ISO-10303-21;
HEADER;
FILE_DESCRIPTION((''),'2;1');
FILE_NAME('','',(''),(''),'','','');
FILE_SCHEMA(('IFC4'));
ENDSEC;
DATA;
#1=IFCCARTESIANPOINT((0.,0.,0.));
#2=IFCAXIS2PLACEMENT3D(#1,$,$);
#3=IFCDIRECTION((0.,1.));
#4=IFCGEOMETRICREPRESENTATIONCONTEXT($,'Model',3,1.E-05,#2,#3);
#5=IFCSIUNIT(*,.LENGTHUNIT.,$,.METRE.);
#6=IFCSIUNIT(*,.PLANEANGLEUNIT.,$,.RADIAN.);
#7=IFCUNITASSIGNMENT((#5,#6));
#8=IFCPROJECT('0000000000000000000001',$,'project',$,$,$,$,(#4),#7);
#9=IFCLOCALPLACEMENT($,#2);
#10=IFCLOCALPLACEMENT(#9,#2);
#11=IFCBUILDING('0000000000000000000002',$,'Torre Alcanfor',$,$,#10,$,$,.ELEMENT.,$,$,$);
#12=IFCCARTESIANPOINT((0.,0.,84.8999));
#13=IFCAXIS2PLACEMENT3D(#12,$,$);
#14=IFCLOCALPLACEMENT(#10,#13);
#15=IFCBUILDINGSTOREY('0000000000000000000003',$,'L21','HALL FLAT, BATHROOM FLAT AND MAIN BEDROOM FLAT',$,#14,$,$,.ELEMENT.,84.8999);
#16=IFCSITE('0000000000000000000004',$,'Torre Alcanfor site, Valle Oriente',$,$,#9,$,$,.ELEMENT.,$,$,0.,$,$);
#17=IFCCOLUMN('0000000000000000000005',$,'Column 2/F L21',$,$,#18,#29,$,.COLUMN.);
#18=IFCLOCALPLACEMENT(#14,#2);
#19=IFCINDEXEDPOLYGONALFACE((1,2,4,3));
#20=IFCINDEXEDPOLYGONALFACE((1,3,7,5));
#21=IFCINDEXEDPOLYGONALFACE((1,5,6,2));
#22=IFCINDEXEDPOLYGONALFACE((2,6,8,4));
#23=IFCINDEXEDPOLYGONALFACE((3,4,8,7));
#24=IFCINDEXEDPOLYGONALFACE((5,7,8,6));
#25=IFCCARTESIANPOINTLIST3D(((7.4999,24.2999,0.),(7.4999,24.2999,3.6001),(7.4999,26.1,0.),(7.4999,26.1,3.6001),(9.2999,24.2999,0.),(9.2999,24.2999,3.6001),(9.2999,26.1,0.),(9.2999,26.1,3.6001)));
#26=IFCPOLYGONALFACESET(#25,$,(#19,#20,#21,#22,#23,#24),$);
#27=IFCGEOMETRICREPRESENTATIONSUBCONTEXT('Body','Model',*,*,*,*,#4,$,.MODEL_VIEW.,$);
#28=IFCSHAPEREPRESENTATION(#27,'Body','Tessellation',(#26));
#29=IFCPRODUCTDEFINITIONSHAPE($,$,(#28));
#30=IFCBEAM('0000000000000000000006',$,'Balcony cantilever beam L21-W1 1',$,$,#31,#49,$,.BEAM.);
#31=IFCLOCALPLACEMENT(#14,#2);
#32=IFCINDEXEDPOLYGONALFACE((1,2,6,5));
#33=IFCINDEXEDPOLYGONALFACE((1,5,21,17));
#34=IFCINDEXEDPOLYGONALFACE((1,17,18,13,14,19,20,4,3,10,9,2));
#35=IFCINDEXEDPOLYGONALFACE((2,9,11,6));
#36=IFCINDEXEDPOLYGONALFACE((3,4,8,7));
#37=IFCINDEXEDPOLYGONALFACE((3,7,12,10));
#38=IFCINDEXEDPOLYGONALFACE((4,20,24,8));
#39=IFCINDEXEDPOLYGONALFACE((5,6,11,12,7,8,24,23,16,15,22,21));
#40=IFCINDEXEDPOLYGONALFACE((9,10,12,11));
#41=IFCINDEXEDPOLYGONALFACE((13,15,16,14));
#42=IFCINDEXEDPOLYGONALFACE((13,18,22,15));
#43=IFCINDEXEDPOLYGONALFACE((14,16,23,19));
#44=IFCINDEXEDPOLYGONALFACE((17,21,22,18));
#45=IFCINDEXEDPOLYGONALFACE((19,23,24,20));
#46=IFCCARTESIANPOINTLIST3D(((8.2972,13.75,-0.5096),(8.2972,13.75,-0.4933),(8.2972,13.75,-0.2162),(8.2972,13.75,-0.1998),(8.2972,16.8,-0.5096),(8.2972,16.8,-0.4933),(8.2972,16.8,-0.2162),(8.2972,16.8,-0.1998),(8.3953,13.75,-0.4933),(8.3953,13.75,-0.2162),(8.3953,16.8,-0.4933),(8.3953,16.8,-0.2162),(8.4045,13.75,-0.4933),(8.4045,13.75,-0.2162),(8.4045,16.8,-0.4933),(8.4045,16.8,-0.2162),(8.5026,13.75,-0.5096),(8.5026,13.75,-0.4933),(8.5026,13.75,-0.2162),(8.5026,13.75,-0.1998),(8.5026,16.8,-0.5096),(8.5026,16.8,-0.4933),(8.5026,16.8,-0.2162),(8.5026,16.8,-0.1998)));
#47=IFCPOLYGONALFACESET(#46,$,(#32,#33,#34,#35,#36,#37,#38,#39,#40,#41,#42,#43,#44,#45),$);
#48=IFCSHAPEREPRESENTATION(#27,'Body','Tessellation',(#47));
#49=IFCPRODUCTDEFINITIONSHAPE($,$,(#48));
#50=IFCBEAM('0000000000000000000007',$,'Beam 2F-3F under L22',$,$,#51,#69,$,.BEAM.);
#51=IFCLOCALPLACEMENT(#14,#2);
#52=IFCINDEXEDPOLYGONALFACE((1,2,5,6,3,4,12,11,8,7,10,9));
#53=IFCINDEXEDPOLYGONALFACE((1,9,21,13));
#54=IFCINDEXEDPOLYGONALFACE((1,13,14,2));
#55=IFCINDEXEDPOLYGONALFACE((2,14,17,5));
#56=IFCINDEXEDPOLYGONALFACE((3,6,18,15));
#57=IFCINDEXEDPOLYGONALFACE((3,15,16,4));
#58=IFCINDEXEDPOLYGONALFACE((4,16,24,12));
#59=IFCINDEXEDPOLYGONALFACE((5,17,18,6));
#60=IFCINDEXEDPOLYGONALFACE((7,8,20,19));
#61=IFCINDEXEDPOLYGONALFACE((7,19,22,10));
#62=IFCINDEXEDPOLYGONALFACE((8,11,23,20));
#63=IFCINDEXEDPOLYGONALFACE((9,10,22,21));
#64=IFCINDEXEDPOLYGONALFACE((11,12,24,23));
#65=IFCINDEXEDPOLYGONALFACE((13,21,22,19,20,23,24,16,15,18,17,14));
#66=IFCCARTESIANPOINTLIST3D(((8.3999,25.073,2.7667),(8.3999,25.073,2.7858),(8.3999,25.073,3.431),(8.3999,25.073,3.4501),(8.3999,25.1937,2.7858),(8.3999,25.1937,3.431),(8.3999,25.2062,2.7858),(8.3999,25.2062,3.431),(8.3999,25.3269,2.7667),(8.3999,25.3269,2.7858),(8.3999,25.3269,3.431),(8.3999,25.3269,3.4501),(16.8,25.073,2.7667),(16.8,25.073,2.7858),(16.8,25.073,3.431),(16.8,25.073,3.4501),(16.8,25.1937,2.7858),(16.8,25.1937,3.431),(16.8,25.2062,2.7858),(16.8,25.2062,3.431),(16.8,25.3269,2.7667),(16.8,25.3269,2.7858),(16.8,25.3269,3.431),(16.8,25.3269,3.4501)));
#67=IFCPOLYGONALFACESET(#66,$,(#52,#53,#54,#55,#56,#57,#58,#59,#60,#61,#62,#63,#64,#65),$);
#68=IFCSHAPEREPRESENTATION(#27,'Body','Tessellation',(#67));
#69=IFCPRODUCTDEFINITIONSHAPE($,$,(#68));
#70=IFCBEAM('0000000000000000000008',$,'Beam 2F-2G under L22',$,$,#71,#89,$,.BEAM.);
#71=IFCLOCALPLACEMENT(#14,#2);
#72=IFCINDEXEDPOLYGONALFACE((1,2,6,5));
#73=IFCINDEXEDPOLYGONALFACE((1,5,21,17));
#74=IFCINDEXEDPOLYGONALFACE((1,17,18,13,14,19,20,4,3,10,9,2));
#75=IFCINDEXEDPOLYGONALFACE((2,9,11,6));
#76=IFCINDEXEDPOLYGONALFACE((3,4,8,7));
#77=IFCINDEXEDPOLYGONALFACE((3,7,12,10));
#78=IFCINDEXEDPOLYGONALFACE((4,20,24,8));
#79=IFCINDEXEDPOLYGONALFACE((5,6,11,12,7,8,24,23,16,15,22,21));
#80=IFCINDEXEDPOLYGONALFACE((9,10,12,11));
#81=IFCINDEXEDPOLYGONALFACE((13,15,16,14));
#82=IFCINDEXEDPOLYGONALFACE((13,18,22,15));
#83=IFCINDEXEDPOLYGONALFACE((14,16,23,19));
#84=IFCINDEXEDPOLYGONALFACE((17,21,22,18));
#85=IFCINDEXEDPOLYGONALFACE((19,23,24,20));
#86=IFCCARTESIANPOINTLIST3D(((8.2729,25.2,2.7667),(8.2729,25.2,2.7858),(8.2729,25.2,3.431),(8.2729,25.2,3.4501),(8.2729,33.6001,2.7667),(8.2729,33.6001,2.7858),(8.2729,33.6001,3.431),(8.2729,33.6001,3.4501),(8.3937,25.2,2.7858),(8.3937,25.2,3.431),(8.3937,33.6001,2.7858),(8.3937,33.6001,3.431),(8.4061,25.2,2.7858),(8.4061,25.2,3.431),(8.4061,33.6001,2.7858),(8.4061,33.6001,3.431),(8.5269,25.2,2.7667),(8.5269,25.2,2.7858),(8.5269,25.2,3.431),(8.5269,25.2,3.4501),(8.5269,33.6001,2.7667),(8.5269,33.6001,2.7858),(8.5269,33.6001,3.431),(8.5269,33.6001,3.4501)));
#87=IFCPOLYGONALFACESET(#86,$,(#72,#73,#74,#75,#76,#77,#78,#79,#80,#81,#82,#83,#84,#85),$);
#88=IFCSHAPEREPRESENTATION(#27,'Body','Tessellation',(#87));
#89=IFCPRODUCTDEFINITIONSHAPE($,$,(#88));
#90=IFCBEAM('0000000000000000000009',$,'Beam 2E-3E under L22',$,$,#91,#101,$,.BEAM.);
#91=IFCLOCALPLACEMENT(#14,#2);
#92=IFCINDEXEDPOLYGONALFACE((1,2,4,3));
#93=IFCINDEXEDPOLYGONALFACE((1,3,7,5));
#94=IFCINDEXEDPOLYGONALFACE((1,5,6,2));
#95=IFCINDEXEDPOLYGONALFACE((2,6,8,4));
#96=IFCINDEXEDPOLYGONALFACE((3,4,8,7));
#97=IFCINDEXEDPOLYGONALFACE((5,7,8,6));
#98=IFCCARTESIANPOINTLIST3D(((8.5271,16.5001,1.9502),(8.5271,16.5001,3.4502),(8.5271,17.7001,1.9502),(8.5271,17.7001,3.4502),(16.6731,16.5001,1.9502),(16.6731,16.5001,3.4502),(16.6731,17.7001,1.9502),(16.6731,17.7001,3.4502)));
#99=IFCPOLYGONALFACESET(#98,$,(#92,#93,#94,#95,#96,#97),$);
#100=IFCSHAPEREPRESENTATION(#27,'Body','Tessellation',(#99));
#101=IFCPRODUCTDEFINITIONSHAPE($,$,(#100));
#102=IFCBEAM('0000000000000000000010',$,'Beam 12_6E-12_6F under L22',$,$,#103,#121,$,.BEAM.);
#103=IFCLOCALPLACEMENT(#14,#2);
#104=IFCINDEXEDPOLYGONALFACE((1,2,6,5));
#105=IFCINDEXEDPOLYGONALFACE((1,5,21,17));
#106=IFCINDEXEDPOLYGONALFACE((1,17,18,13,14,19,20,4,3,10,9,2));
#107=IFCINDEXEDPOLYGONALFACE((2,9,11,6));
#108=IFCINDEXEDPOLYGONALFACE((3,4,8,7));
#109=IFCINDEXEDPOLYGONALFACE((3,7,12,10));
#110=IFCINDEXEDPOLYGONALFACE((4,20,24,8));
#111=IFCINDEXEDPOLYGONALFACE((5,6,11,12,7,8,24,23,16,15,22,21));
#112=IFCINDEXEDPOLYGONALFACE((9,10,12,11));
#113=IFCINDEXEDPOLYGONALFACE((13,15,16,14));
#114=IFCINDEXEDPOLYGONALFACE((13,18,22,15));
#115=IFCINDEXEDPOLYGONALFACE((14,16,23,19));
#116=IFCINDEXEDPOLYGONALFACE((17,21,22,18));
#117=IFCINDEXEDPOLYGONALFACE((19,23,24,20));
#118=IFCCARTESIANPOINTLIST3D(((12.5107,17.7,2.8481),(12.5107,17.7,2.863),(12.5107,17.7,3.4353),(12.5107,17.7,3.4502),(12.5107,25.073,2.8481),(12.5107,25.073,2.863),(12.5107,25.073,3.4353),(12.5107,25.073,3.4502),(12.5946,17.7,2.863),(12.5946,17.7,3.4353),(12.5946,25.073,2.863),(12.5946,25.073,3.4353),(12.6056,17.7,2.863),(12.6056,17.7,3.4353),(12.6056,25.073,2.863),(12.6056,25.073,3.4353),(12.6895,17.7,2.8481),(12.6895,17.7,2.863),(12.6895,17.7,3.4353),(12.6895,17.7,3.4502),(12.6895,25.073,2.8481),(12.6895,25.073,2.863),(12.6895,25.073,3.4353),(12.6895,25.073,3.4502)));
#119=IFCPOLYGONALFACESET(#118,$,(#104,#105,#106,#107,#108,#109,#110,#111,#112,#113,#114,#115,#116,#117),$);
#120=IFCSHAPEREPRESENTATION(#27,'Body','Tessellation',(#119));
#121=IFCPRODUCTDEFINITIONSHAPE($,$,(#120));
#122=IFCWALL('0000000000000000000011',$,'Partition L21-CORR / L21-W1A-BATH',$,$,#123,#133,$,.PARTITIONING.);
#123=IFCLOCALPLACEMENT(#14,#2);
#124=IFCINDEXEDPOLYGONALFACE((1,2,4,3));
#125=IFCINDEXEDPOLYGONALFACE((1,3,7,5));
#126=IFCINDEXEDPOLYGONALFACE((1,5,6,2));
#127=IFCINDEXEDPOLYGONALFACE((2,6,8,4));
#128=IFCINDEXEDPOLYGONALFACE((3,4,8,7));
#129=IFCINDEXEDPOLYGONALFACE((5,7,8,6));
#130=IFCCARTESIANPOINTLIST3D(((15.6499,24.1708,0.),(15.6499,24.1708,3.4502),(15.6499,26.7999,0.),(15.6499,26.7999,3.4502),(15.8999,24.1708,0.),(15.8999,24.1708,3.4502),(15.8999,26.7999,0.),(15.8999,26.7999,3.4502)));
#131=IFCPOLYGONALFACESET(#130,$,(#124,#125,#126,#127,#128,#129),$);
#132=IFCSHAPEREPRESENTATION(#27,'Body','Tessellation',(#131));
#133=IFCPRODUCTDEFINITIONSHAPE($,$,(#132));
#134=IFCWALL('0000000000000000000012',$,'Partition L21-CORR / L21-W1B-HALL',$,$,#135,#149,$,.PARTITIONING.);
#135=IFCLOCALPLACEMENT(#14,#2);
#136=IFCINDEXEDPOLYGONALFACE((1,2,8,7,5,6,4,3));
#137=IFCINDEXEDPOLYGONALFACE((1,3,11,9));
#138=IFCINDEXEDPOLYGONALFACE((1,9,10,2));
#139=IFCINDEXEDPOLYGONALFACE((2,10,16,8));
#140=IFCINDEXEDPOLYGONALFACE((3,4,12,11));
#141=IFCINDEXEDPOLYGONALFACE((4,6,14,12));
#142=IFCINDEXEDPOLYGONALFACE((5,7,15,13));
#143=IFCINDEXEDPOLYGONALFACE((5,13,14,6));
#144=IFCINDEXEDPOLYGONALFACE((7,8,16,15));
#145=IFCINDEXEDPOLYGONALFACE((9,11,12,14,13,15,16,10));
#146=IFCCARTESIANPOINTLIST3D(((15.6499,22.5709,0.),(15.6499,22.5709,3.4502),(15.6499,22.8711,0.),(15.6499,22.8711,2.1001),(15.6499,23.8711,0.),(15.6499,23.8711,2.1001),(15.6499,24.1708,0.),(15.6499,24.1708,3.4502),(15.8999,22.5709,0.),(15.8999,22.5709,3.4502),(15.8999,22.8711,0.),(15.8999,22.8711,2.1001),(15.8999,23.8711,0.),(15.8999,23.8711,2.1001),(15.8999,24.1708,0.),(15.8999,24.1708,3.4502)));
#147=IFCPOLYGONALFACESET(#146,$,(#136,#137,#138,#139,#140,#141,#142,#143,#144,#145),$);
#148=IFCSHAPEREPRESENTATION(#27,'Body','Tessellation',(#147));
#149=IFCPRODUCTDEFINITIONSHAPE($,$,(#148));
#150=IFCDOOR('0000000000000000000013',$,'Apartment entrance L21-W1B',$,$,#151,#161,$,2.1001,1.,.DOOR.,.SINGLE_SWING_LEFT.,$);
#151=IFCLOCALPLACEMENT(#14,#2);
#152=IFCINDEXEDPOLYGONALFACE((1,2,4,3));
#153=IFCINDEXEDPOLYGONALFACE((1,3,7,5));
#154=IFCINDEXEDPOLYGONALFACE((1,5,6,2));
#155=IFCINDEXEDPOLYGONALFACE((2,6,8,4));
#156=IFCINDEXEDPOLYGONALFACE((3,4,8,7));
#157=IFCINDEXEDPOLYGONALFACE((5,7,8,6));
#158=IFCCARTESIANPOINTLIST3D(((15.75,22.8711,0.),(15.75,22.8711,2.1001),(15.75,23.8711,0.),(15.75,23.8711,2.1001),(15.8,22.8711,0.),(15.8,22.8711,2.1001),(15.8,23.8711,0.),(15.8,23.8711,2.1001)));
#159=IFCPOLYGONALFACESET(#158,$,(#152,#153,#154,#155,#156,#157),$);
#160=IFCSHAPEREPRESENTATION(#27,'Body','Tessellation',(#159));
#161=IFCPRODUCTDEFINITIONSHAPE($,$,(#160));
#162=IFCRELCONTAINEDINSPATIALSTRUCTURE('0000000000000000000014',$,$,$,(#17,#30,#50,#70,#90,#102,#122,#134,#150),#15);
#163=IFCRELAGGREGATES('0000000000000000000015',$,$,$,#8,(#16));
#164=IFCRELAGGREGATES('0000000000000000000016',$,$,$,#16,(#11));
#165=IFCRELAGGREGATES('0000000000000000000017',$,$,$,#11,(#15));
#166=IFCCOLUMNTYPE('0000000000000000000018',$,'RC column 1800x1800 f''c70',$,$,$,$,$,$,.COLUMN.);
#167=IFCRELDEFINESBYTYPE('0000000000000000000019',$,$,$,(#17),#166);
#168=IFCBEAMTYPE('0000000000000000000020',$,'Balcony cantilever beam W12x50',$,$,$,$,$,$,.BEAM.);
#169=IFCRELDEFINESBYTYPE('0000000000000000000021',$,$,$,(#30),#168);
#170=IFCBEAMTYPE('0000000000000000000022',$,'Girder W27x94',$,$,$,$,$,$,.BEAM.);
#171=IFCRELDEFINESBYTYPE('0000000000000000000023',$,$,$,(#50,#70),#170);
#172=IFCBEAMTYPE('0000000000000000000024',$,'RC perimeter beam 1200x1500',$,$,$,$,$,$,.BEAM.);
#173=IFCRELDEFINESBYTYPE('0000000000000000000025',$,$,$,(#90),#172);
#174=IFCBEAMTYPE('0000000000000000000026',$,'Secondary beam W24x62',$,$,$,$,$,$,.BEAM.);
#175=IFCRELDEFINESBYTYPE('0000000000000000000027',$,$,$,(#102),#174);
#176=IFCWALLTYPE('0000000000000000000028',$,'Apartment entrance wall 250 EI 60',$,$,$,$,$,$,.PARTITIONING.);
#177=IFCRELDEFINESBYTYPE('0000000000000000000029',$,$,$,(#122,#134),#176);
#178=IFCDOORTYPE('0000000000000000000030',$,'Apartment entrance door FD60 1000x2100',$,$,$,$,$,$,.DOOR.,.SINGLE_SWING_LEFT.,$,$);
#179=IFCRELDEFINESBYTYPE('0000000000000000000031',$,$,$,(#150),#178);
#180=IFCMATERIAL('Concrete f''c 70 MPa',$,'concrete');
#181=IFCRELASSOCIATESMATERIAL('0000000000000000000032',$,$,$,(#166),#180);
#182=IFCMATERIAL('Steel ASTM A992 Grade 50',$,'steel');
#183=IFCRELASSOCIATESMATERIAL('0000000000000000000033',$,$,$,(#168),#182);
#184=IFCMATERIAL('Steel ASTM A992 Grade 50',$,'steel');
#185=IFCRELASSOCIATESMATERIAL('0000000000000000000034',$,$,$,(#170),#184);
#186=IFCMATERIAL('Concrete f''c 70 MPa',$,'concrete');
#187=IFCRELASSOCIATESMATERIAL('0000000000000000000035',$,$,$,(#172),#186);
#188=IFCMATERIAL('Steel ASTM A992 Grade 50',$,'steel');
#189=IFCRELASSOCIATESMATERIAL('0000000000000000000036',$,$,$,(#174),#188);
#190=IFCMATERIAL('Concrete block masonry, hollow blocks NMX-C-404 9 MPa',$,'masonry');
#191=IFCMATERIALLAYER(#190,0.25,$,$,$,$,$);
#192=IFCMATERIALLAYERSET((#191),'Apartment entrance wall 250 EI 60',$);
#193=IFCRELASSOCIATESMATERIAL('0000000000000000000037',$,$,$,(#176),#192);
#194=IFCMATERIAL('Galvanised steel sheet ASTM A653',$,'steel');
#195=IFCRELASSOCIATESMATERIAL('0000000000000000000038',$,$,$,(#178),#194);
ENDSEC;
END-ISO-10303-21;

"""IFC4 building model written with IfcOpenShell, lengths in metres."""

from ifc_helpers import new_model, si_unit, direction, frame, frame_2d, origin, origin_2d, place, context, subcontext, project, spatial, rectangle, i_section, extrude, material, layer, layer_set, material_profile, profile_set, type_object, element, fill, save


model = new_model("IFC4")

# Units and contexts
model_context = context("Model", 3, precision=1e-05, world=origin(), true_north=direction((0.0, 1.0)))
body_context = subcontext(model_context, "Body", "Model", "MODEL_VIEW")
ifc_project = project(units=[si_unit("LENGTHUNIT", "METRE"), si_unit("PLANEANGLEUNIT", "RADIAN")], contexts=[model_context])

# Site, building, storey
site_placement = place(None, origin())
site = spatial("IfcSite", under=ifc_project, at=site_placement, Name="Torre Alcanfor site, Valle Oriente", CompositionType="ELEMENT", RefElevation=0.0)
building_placement = place(site_placement, origin())
building = spatial("IfcBuilding", under=site, at=building_placement, Name="Torre Alcanfor", CompositionType="ELEMENT")
storey_placement = place(building_placement, frame((0.0, 0.0, 84.8999)))
storey = spatial("IfcBuildingStorey", under=building, at=storey_placement, Name="L21", Description="HALL FLAT, BATHROOM FLAT AND MAIN BEDROOM FLAT", CompositionType="ELEMENT", Elevation=84.8999)

# Column
ifc_material_1 = material(Name="Concrete f'c 70 MPa", Category="concrete")
ifc_material_profile_1 = material_profile(ifc_material_1, rectangle(XDim=1.8, YDim=1.8, at=origin_2d()), Name="1800x1800")
ifc_profile_set_1 = profile_set([ifc_material_profile_1], Name="Concrete f'c 70 MPa")
column_type = type_object("IfcColumnType", Name="RC column 1800x1800 f'c70", PredefinedType="COLUMN", material=ifc_profile_set_1)
column_placement = place(storey_placement, frame((8.3999, 25.2, 0.0), z_axis=(0.0, 0.0, 1.0), x_axis=(1.0, 0.0, 0.0)))
element("IfcColumn", 1, at=column_placement, inside=storey, type_object=column_type, Name="Column 2/F L21", PredefinedType="COLUMN", context=body_context, shape_type="SweptSolid", body=[
    extrude(rectangle(XDim=1.8, YDim=1.8, at=origin_2d()), origin(), (0.0, 0.0, 1.0), 3.6001),
])

# Beams
ifc_material_2 = material(Name="Steel ASTM A992 Grade 50", Category="steel")
ifc_material_profile_2 = material_profile(ifc_material_2, i_section(OverallWidth=0.2053, OverallDepth=0.3098, WebThickness=0.0093, FlangeThickness=0.0164, at=origin_2d()), Name="W12x50")
ifc_profile_set_2 = profile_set([ifc_material_profile_2], Name="Steel ASTM A992 Grade 50")
beam_type_1 = type_object("IfcBeamType", Name="Balcony cantilever beam W12x50", PredefinedType="BEAM", material=ifc_profile_set_2)
beam_1_placement = place(storey_placement, frame((8.3999, 16.8, -0.3547), z_axis=(0.0, -1.0, 0.0), x_axis=(1.0, 0.0, 0.0)))
element("IfcBeam", 2, at=beam_1_placement, inside=storey, type_object=beam_type_1, Name="Balcony cantilever beam L21-W1 1", PredefinedType="BEAM", context=body_context, shape_type="SweptSolid", body=[
    extrude(i_section(OverallWidth=0.2053, OverallDepth=0.3098, WebThickness=0.0093, FlangeThickness=0.0164, at=origin_2d()), origin(), (0.0, 0.0, 1.0), 3.05),
])
ifc_material_3 = material(Name="Steel ASTM A992 Grade 50", Category="steel")
ifc_material_profile_3 = material_profile(ifc_material_3, i_section(OverallWidth=0.2539, OverallDepth=0.6833, WebThickness=0.0125, FlangeThickness=0.019, at=origin_2d()), Name="W27x94")
ifc_profile_set_3 = profile_set([ifc_material_profile_3], Name="Steel ASTM A992 Grade 50")
beam_type_2 = type_object("IfcBeamType", Name="Girder W27x94", PredefinedType="BEAM", material=ifc_profile_set_3)
for number, where, z_axis, x_axis, name in (
    (3, (8.3999, 25.2, 3.1084), (1.0, 0.0, 0.0), (0.0, 1.0, 0.0), "Beam 2F-3F under L22"),
    (4, (8.3999, 25.2, 3.1084), (0.0, 1.0, 0.0), (-1.0, 0.0, 0.0), "Beam 2F-2G under L22"),
):
    element("IfcBeam", number, at=place(storey_placement, frame(where, z_axis=z_axis, x_axis=x_axis)), inside=storey, type_object=beam_type_2, Name=name, PredefinedType="BEAM", context=body_context, shape_type="SweptSolid", body=[
        extrude(i_section(OverallWidth=0.2539, OverallDepth=0.6833, WebThickness=0.0125, FlangeThickness=0.019, at=origin_2d()), origin(), (0.0, 0.0, 1.0), 8.4001),
    ])
ifc_material_4 = material(Name="Concrete f'c 70 MPa", Category="concrete")
ifc_material_profile_4 = material_profile(ifc_material_4, rectangle(XDim=1.2, YDim=1.5, at=origin_2d()), Name="1200x1500")
ifc_profile_set_4 = profile_set([ifc_material_profile_4], Name="Concrete f'c 70 MPa")
beam_type_3 = type_object("IfcBeamType", Name="RC perimeter beam 1200x1500", PredefinedType="BEAM", material=ifc_profile_set_4)
beam_2_placement = place(storey_placement, frame((8.5271, 17.1001, 2.7002), z_axis=(1.0, 0.0, 0.0), x_axis=(0.0, 1.0, 0.0)))
element("IfcBeam", 5, at=beam_2_placement, inside=storey, type_object=beam_type_3, Name="Beam 2E-3E under L22", PredefinedType="BEAM", context=body_context, shape_type="SweptSolid", body=[
    extrude(rectangle(XDim=1.2, YDim=1.5, at=origin_2d()), origin(), (0.0, 0.0, 1.0), 8.146),
])
ifc_material_5 = material(Name="Steel ASTM A992 Grade 50", Category="steel")
ifc_material_profile_5 = material_profile(ifc_material_5, i_section(OverallWidth=0.1787, OverallDepth=0.6021, WebThickness=0.011, FlangeThickness=0.0149, at=origin_2d()), Name="W24x62")
ifc_profile_set_5 = profile_set([ifc_material_profile_5], Name="Steel ASTM A992 Grade 50")
beam_type_4 = type_object("IfcBeamType", Name="Secondary beam W24x62", PredefinedType="BEAM", material=ifc_profile_set_5)
beam_3_placement = place(storey_placement, frame((12.6001, 17.7, 3.1492), z_axis=(0.0, 1.0, 0.0), x_axis=(-1.0, 0.0, 0.0)))
element("IfcBeam", 6, at=beam_3_placement, inside=storey, type_object=beam_type_4, Name="Beam 12_6E-12_6F under L22", PredefinedType="BEAM", context=body_context, shape_type="SweptSolid", body=[
    extrude(i_section(OverallWidth=0.1787, OverallDepth=0.6021, WebThickness=0.011, FlangeThickness=0.0149, at=origin_2d()), origin(), (0.0, 0.0, 1.0), 7.373),
])

# Wall
ifc_material_6 = material(Name="Concrete block masonry, hollow blocks NMX-C-404 9 MPa", Category="masonry")
ifc_layer_1 = layer(ifc_material_6, 0.25)
ifc_layer_set_1 = layer_set([ifc_layer_1], Name="Apartment entrance wall 250 EI 60")
wall_type_1 = type_object("IfcWallType", Name="Apartment entrance wall 250 EI 60", PredefinedType="PARTITIONING", material=ifc_layer_set_1)
wall_1_placement = place(storey_placement, frame((15.7749, 24.1709, 0.0), z_axis=(0.0, 0.0, 1.0), x_axis=(0.0, 1.0, 0.0)))
element("IfcWall", 7, at=wall_1_placement, inside=storey, type_object=wall_type_1, Name="Partition L21-CORR / L21-W1A-BATH", PredefinedType="PARTITIONING", context=body_context, shape_type="SweptSolid", body=[
    extrude(rectangle(XDim=2.6292, YDim=0.25, at=frame_2d((1.3145, 0.0))), origin(), (0.0, 0.0, 1.0), 3.4502),
])

# Wall, opening, door
wall_2_placement = place(storey_placement, frame((15.7749, 22.571, 0.0), z_axis=(0.0, 0.0, 1.0), x_axis=(0.0, 1.0, 0.0)))
wall_2 = element("IfcWall", 8, at=wall_2_placement, inside=storey, type_object=wall_type_1, Name="Partition L21-CORR / L21-W1B-HALL", PredefinedType="PARTITIONING", context=body_context, shape_type="SweptSolid", body=[
    extrude(rectangle(XDim=1.5999, YDim=0.25, at=frame_2d((0.7998, 0.0))), origin(), (0.0, 0.0, 1.0), 3.4502),
])
opening_1_placement = place(wall_2_placement, frame((0.3, 0.0, 0.0)))
opening_1 = element("IfcOpeningElement", 9, at=opening_1_placement, cuts=wall_2, PredefinedType="OPENING", context=body_context, shape_type="SweptSolid", body=[
    extrude(rectangle(XDim=1.0, YDim=2.1001, at=frame_2d((0.5, 1.05))), frame((0.0, 0.135, 0.0), z_axis=(0.0, -1.0, 0.0), x_axis=(1.0, 0.0, 0.0)), (0.0, 0.0, 1.0), 0.27),
])
ifc_material_7 = material(Name="Galvanised steel sheet ASTM A653", Category="steel")
door_type_1 = type_object("IfcDoorType", Name="Apartment entrance door FD60 1000x2100", OperationType="SINGLE_SWING_LEFT", PredefinedType="DOOR", material=ifc_material_7)
door_1_placement = place(opening_1_placement, origin())
door_1 = element("IfcDoor", 10, at=door_1_placement, inside=storey, type_object=door_type_1, Name="Apartment entrance L21-W1B", OperationType="SINGLE_SWING_LEFT", OverallHeight=2.1001, OverallWidth=1.0, PredefinedType="DOOR", context=body_context, shape_type="SweptSolid", body=[
    extrude(rectangle(XDim=1.0, YDim=2.1001, at=frame_2d((0.5, 1.05))), frame((0.0, 0.0249, 0.0), z_axis=(0.0, -1.0, 0.0), x_axis=(1.0, 0.0, 0.0)), (0.0, 0.0, 1.0), 0.05),
])
fill(opening_1, door_1)

save(model, "model.ifc")
